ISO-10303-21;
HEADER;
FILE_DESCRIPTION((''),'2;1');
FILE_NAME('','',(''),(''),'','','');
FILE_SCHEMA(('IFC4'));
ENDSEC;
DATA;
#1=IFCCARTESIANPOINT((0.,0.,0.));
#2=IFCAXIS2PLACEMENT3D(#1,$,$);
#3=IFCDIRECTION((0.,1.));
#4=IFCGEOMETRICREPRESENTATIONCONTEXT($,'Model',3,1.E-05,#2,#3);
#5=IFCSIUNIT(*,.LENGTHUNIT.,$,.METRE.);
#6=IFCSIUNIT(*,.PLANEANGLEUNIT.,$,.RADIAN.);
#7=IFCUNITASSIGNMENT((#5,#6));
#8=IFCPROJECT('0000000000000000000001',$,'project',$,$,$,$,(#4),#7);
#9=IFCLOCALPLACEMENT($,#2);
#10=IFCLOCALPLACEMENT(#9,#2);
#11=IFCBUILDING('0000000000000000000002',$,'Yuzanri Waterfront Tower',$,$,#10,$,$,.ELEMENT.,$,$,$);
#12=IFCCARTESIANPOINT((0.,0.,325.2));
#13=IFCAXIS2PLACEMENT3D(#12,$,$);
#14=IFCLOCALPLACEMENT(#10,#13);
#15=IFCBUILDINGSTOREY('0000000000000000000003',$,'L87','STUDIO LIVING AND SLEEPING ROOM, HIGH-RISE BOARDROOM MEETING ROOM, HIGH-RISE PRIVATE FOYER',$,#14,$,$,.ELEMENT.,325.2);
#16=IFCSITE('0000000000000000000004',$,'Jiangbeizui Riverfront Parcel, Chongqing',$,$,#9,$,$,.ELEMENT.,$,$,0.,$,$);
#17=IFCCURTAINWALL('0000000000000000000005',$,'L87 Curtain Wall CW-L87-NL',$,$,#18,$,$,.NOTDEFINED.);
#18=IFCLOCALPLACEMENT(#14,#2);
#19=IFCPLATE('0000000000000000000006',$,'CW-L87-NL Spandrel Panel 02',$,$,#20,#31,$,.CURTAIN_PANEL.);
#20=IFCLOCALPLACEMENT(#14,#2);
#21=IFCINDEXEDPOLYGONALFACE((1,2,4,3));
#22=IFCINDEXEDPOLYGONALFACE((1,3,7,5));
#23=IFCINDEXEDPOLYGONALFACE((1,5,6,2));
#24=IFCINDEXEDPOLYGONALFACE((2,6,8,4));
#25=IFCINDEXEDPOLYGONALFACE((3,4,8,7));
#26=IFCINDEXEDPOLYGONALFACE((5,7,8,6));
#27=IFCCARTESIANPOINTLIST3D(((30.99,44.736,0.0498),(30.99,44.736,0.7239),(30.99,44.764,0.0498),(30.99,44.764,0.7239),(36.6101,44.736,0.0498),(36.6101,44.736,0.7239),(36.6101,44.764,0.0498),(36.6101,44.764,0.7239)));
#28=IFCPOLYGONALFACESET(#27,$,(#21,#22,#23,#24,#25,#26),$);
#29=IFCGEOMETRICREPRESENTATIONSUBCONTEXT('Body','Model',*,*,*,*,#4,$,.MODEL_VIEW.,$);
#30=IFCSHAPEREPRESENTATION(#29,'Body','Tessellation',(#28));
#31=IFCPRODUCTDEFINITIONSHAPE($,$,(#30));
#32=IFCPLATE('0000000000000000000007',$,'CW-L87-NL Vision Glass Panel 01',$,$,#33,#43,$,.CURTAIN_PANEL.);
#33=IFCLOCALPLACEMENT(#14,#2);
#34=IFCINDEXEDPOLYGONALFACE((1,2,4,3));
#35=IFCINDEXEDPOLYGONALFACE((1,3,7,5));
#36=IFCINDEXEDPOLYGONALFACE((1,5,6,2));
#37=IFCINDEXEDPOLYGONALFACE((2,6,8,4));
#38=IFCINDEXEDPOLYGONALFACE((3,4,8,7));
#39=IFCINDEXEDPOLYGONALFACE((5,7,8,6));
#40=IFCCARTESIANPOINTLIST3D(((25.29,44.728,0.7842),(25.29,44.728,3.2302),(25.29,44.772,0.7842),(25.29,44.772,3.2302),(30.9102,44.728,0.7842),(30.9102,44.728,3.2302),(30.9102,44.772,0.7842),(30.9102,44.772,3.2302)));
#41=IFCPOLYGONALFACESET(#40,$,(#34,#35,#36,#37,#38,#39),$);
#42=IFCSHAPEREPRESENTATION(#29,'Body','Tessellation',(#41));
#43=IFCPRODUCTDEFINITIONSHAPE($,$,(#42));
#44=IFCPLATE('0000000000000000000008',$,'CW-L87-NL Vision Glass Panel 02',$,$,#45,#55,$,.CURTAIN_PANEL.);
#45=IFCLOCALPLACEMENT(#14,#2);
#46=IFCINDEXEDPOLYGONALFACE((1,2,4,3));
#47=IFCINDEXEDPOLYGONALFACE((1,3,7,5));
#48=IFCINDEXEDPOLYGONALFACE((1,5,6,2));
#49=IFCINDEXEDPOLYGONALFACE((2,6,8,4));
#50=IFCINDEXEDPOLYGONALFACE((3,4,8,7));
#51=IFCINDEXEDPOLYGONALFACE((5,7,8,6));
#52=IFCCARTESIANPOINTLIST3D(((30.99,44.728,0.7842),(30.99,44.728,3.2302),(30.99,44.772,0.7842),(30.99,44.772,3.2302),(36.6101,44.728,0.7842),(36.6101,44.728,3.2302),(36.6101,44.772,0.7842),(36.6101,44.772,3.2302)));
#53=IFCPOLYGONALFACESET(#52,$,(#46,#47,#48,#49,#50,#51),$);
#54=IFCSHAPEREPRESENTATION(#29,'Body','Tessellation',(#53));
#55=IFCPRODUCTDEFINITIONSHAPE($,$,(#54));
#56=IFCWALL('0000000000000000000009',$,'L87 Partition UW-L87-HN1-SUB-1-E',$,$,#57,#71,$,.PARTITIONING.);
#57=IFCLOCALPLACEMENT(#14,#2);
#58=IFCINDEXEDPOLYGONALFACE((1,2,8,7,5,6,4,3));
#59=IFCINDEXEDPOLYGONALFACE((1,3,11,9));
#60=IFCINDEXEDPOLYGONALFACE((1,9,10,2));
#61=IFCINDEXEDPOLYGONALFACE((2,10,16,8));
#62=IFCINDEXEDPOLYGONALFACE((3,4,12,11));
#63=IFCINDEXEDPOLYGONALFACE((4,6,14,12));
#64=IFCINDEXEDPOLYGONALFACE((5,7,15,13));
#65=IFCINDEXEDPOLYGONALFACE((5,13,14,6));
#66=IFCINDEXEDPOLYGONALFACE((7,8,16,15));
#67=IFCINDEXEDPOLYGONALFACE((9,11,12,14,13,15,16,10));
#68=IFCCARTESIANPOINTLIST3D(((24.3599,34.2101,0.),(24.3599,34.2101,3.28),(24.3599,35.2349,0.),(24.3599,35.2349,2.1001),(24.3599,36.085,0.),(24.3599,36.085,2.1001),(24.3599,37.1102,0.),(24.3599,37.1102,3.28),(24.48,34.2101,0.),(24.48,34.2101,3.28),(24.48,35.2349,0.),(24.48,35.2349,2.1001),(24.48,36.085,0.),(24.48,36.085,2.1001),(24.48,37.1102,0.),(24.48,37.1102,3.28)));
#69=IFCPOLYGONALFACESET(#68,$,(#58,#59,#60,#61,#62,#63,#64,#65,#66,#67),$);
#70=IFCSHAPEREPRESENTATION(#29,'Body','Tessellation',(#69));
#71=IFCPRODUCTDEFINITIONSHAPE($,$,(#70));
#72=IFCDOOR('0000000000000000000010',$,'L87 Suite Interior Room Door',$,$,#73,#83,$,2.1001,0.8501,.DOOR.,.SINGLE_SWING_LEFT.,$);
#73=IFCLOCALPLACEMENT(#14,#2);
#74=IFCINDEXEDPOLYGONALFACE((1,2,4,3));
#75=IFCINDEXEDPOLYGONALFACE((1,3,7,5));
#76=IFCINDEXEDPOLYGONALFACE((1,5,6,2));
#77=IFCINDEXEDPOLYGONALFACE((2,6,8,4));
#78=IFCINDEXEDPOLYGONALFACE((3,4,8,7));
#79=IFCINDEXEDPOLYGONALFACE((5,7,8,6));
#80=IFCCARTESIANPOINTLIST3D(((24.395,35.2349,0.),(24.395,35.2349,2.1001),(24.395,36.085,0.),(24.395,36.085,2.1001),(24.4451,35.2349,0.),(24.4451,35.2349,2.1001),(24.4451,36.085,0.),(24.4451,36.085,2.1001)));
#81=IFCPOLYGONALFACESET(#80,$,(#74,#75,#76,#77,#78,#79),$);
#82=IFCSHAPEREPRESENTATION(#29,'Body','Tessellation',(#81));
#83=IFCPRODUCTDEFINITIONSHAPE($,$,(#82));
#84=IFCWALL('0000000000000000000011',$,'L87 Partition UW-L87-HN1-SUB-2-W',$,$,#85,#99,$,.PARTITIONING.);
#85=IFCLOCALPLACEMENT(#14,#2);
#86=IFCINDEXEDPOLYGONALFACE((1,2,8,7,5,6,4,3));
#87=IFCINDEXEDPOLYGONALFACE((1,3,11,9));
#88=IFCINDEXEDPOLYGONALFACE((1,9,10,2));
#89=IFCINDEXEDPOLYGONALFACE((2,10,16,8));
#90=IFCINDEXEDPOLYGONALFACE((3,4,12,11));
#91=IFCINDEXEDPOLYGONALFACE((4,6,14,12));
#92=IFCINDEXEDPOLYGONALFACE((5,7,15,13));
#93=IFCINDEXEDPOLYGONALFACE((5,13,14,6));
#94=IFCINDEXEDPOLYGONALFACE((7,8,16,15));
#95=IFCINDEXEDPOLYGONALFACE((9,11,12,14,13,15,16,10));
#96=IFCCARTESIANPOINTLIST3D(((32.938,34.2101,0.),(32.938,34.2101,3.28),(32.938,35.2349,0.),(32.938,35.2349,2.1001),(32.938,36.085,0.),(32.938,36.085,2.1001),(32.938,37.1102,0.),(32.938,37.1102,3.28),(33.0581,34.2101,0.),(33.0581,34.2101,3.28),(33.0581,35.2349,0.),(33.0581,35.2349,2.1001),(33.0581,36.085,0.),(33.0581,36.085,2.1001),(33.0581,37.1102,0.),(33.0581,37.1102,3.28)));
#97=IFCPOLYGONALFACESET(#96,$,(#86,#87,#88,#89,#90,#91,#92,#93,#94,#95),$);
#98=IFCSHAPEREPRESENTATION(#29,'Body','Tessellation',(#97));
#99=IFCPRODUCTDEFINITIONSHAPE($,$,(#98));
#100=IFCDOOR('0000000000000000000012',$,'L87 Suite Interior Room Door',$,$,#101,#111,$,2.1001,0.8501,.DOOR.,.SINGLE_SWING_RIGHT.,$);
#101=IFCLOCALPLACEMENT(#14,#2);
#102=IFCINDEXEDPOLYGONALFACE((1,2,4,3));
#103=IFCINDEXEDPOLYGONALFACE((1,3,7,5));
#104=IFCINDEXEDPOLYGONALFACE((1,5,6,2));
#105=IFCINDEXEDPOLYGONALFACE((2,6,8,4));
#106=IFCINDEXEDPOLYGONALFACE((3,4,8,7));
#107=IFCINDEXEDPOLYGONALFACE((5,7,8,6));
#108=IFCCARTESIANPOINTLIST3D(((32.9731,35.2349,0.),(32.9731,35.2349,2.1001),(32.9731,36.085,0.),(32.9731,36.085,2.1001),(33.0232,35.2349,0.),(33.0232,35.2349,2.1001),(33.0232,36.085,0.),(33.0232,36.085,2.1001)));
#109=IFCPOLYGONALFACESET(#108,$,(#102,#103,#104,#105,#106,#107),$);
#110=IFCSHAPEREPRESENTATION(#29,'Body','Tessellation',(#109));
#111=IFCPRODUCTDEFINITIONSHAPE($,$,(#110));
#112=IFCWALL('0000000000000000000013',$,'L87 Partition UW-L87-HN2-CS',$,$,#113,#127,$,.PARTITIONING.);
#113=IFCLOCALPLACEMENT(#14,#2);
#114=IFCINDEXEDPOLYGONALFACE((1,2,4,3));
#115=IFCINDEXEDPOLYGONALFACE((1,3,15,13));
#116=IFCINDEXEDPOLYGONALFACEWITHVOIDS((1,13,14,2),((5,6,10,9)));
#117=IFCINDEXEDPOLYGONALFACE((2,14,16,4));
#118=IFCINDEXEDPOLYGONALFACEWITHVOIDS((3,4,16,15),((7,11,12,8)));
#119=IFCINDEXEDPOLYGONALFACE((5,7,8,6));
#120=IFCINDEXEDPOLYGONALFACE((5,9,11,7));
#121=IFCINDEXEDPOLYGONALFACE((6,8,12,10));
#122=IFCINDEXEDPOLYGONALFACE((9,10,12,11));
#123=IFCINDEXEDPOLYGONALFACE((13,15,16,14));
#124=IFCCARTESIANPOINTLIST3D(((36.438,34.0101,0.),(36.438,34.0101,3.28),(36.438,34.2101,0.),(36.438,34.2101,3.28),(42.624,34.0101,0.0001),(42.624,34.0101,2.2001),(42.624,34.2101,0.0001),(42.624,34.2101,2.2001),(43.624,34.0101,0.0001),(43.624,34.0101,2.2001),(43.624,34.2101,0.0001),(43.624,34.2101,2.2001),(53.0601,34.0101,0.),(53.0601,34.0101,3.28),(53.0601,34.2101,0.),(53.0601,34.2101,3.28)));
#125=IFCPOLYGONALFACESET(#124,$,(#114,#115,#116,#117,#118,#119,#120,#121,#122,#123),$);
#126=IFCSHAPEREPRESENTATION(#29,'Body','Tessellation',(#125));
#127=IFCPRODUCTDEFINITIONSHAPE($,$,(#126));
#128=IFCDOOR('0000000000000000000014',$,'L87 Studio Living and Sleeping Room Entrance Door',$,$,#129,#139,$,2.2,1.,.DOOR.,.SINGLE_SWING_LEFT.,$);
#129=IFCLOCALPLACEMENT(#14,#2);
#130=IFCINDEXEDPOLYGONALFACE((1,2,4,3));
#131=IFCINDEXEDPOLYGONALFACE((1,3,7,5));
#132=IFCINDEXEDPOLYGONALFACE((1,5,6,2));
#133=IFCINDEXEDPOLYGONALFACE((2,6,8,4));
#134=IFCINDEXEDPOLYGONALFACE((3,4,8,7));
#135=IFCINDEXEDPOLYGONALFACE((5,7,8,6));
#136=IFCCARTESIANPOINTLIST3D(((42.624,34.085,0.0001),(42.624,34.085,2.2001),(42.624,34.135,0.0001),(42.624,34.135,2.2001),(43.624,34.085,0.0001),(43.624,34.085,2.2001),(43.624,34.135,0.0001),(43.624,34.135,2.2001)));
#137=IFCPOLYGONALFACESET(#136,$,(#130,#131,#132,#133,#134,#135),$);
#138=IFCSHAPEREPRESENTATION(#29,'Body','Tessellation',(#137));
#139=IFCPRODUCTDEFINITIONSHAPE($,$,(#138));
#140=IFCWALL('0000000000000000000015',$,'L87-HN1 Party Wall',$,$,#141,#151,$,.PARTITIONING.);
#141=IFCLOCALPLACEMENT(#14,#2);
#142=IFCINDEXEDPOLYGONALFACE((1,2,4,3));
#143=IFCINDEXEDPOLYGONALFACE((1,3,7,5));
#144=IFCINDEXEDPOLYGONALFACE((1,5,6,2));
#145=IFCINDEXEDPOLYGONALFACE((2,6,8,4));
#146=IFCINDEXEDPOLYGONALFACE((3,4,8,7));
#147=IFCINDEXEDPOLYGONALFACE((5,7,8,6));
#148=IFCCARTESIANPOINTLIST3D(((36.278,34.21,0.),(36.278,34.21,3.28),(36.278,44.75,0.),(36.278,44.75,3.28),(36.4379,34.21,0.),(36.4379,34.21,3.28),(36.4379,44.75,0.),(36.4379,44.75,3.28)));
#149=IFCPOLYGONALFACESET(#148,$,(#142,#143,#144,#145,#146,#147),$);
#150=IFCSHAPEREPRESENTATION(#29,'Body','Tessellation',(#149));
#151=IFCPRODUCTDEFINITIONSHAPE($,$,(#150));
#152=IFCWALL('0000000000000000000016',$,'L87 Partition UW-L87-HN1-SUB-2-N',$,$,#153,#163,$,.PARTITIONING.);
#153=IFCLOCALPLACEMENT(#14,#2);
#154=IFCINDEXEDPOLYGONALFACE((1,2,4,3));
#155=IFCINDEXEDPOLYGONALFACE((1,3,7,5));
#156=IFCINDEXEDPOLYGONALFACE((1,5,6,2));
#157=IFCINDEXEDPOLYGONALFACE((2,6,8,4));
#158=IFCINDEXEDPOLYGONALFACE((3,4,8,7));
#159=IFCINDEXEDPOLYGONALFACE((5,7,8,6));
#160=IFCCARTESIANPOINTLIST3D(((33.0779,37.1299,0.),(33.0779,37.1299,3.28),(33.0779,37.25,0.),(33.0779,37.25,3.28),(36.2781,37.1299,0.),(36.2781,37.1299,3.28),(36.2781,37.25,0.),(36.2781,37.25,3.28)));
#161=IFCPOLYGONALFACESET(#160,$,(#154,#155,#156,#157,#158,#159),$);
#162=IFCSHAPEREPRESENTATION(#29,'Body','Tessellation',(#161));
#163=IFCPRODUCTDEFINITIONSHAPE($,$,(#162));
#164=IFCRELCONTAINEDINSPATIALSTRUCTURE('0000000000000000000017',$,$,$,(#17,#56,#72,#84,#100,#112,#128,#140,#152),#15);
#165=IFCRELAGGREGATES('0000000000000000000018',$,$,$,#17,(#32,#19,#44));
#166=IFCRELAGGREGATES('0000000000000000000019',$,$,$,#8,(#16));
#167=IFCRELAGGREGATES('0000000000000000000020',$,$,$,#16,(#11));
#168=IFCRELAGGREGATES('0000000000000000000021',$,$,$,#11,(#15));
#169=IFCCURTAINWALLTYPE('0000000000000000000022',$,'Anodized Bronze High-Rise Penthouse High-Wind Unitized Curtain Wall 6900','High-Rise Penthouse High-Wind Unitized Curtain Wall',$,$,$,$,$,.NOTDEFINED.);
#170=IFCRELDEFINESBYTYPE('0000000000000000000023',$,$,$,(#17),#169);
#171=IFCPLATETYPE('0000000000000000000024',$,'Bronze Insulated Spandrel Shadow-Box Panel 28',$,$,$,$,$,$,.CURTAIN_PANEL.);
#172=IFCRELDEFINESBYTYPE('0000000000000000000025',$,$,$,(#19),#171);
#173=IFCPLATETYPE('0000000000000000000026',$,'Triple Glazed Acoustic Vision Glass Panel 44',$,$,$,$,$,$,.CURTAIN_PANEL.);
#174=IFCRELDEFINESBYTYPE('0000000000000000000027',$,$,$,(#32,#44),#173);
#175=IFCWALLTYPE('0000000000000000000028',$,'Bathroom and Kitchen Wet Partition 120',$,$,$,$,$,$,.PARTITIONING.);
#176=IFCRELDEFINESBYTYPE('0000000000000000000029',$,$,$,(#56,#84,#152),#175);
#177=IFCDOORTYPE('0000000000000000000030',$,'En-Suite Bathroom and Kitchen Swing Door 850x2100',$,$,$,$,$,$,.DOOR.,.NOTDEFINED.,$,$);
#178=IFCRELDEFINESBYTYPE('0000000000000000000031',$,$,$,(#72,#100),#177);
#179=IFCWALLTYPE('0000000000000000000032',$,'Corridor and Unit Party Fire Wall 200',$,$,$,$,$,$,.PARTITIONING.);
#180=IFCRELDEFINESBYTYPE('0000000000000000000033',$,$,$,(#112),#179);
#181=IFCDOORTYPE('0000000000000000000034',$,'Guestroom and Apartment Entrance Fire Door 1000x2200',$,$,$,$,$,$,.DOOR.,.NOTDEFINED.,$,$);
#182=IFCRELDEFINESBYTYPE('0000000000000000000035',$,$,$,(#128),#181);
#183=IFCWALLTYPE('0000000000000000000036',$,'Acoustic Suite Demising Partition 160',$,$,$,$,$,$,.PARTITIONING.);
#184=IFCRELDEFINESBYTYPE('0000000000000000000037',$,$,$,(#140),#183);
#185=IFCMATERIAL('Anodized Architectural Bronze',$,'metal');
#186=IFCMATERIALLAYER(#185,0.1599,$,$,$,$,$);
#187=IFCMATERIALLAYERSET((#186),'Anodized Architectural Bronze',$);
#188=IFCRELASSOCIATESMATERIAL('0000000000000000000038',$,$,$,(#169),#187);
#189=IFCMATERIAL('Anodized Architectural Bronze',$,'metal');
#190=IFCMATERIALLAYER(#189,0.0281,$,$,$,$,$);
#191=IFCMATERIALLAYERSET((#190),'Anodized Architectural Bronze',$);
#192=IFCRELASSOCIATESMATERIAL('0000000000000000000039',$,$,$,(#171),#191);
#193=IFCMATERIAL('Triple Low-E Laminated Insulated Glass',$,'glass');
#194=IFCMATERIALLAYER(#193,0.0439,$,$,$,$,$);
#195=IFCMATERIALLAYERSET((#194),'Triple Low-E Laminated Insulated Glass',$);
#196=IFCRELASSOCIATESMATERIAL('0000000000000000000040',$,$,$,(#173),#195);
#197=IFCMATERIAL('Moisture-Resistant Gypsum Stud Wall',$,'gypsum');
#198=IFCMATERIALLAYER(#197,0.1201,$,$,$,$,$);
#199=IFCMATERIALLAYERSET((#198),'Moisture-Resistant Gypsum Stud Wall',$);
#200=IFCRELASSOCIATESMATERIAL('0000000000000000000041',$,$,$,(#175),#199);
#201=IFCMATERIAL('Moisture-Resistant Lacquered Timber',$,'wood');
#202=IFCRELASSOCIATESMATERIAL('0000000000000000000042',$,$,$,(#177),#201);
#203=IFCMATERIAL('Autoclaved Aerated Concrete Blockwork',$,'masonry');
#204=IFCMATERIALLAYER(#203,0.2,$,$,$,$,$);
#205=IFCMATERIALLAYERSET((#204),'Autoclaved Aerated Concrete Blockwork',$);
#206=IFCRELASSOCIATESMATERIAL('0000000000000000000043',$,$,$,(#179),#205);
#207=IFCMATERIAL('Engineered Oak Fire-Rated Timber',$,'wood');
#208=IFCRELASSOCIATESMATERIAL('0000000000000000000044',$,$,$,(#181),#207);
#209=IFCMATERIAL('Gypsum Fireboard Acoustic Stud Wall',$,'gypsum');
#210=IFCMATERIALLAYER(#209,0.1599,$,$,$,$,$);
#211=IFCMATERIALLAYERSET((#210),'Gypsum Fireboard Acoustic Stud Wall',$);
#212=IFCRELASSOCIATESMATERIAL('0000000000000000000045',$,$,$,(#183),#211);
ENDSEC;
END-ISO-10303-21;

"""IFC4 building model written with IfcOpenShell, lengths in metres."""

from ifc_helpers import new_model, si_unit, direction, frame, frame_2d, origin, origin_2d, place, context, subcontext, project, spatial, rectangle, extrude, source, transform, mapped, material, layer, layer_set, type_object, element, fill, aggregate, save


model = new_model("IFC4")

# Units and contexts
model_context = context("Model", 3, precision=1e-05, world=origin(), true_north=direction((0.0, 1.0)))
body_context = subcontext(model_context, "Body", "Model", "MODEL_VIEW")
ifc_project = project(units=[si_unit("LENGTHUNIT", "METRE"), si_unit("PLANEANGLEUNIT", "RADIAN")], contexts=[model_context])

# Site, building, storey
site_placement = place(None, origin())
site = spatial("IfcSite", under=ifc_project, at=site_placement, Name="Jiangbeizui Riverfront Parcel, Chongqing", CompositionType="ELEMENT", RefElevation=0.0)
building_placement = place(site_placement, origin())
building = spatial("IfcBuilding", under=site, at=building_placement, Name="Yuzanri Waterfront Tower", CompositionType="ELEMENT")
storey_placement = place(building_placement, frame((0.0, 0.0, 325.2)))
storey = spatial("IfcBuildingStorey", under=building, at=storey_placement, Name="L87", Description="STUDIO LIVING AND SLEEPING ROOM, HIGH-RISE BOARDROOM MEETING ROOM, HIGH-RISE PRIVATE FOYER", CompositionType="ELEMENT", Elevation=325.2)

# Curtain wall
ifc_material_1 = material(Name="Anodized Architectural Bronze", Category="metal")
ifc_layer_1 = layer(ifc_material_1, 0.1599)
ifc_layer_set_1 = layer_set([ifc_layer_1], Name="Anodized Architectural Bronze")
curtain_wall_type = type_object("IfcCurtainWallType", Name="Anodized Bronze High-Rise Penthouse High-Wind Unitized Curtain Wall 6900", Description="High-Rise Penthouse High-Wind Unitized Curtain Wall", PredefinedType="NOTDEFINED", material=ifc_layer_set_1)
curtain_wall_placement = place(storey_placement, origin())
curtain_wall = element("IfcCurtainWall", 1, at=curtain_wall_placement, inside=storey, type_object=curtain_wall_type, Name="L87 Curtain Wall CW-L87-NL", PredefinedType="NOTDEFINED")

# Plates
ifc_material_2 = material(Name="Anodized Architectural Bronze", Category="metal")
ifc_layer_2 = layer(ifc_material_2, 0.0281)
ifc_layer_set_2 = layer_set([ifc_layer_2], Name="Anodized Architectural Bronze")
plate_type_1 = type_object("IfcPlateType", Name="Bronze Insulated Spandrel Shadow-Box Panel 28", PredefinedType="CURTAIN_PANEL", material=ifc_layer_set_2)
shared_shape_1 = source(origin(), body_context, "Body", "SweptSolid", [
    extrude(rectangle(XDim=5.6201, YDim=0.0281, at=origin_2d()), origin(), (0.0, 0.0, 1.0), 0.6741),
])
plate_1_placement = place(storey_placement, frame((33.8, 44.75, 0.0498), z_axis=(0.0, 0.0, 1.0), x_axis=(1.0, 0.0, 0.0)))
plate_1 = element("IfcPlate", 2, at=plate_1_placement, type_object=plate_type_1, Name="CW-L87-NL Spandrel Panel 02", PredefinedType="CURTAIN_PANEL", context=body_context, shape_type="MappedRepresentation", body=[
    mapped(shared_shape_1, transform((0.0, 0.0, 0.0), scale=1.0)),
])
ifc_material_3 = material(Name="Triple Low-E Laminated Insulated Glass", Category="glass")
ifc_layer_3 = layer(ifc_material_3, 0.0439)
ifc_layer_set_3 = layer_set([ifc_layer_3], Name="Triple Low-E Laminated Insulated Glass")
plate_type_2 = type_object("IfcPlateType", Name="Triple Glazed Acoustic Vision Glass Panel 44", PredefinedType="CURTAIN_PANEL", material=ifc_layer_set_3)
shared_shape_2 = source(origin(), body_context, "Body", "SweptSolid", [
    extrude(rectangle(XDim=5.6201, YDim=0.0439, at=origin_2d()), origin(), (0.0, 0.0, 1.0), 2.446),
])
plate_2_placement = place(storey_placement, frame((28.1001, 44.75, 0.7842), z_axis=(0.0, 0.0, 1.0), x_axis=(1.0, 0.0, 0.0)))
plate_2 = element("IfcPlate", 3, at=plate_2_placement, type_object=plate_type_2, Name="CW-L87-NL Vision Glass Panel 01", PredefinedType="CURTAIN_PANEL", context=body_context, shape_type="MappedRepresentation", body=[
    mapped(shared_shape_2, transform((0.0, 0.0, 0.0), scale=1.0)),
])
plate_3_placement = place(storey_placement, frame((33.8, 44.75, 0.7842), z_axis=(0.0, 0.0, 1.0), x_axis=(1.0, 0.0, 0.0)))
plate_3 = element("IfcPlate", 4, at=plate_3_placement, type_object=plate_type_2, Name="CW-L87-NL Vision Glass Panel 02", PredefinedType="CURTAIN_PANEL", context=body_context, shape_type="MappedRepresentation", body=[
    mapped(shared_shape_2, transform((0.0, 0.0, 0.0), scale=1.0)),
])
aggregate(curtain_wall, [plate_2, plate_1, plate_3])

# Walls, openings, doors
ifc_material_4 = material(Name="Moisture-Resistant Gypsum Stud Wall", Category="gypsum")
ifc_layer_4 = layer(ifc_material_4, 0.1201)
ifc_layer_set_4 = layer_set([ifc_layer_4], Name="Moisture-Resistant Gypsum Stud Wall")
wall_type_1 = type_object("IfcWallType", Name="Bathroom and Kitchen Wet Partition 120", PredefinedType="PARTITIONING", material=ifc_layer_set_4)
wall_1_placement = place(storey_placement, frame((24.4199, 34.21, 0.0), z_axis=(0.0, 0.0, 1.0), x_axis=(0.0, 1.0, 0.0)))
wall_1 = element("IfcWall", 5, at=wall_1_placement, inside=storey, type_object=wall_type_1, Name="L87 Partition UW-L87-HN1-SUB-1-E", PredefinedType="PARTITIONING", context=body_context, shape_type="SweptSolid", body=[
    extrude(rectangle(XDim=2.9001, YDim=0.1201, at=frame_2d((1.4502, 0.0))), origin(), (0.0, 0.0, 1.0), 3.28),
])
opening_1_placement = place(wall_1_placement, frame((1.0249, 0.0, 0.0)))
opening_1 = element("IfcOpeningElement", 6, at=opening_1_placement, cuts=wall_1, PredefinedType="OPENING", context=body_context, shape_type="SweptSolid", body=[
    extrude(rectangle(XDim=0.8501, YDim=2.1001, at=frame_2d((0.425, 1.05))), frame((0.0, 0.075, 0.0), z_axis=(0.0, -1.0, 0.0), x_axis=(1.0, 0.0, 0.0)), (0.0, 0.0, 1.0), 0.1499),
])
ifc_material_5 = material(Name="Moisture-Resistant Lacquered Timber", Category="wood")
door_type_1 = type_object("IfcDoorType", Name="En-Suite Bathroom and Kitchen Swing Door 850x2100", OperationType="NOTDEFINED", PredefinedType="DOOR", material=ifc_material_5)
shared_shape_3 = source(origin(), body_context, "Body", "SweptSolid", [
    extrude(rectangle(XDim=0.8501, YDim=2.1001, at=frame_2d((0.425, 1.05))), frame((0.0, 0.0249, 0.0), z_axis=(0.0, -1.0, 0.0), x_axis=(1.0, 0.0, 0.0)), (0.0, 0.0, 1.0), 0.05),
])
door_1_placement = place(opening_1_placement, origin())
door_1 = element("IfcDoor", 7, at=door_1_placement, inside=storey, type_object=door_type_1, Name="L87 Suite Interior Room Door", OperationType="SINGLE_SWING_LEFT", OverallHeight=2.1001, OverallWidth=0.8501, PredefinedType="DOOR", context=body_context, shape_type="MappedRepresentation", body=[
    mapped(shared_shape_3, transform((0.0, 0.0, 0.0), scale=1.0)),
])
fill(opening_1, door_1)
wall_2_placement = place(storey_placement, frame((32.998, 34.21, 0.0), z_axis=(0.0, 0.0, 1.0), x_axis=(0.0, 1.0, 0.0)))
wall_2 = element("IfcWall", 8, at=wall_2_placement, inside=storey, type_object=wall_type_1, Name="L87 Partition UW-L87-HN1-SUB-2-W", PredefinedType="PARTITIONING", context=body_context, shape_type="SweptSolid", body=[
    extrude(rectangle(XDim=2.9001, YDim=0.1201, at=frame_2d((1.4502, 0.0))), origin(), (0.0, 0.0, 1.0), 3.28),
])
opening_2_placement = place(wall_2_placement, frame((1.0249, 0.0, 0.0)))
opening_2 = element("IfcOpeningElement", 9, at=opening_2_placement, cuts=wall_2, PredefinedType="OPENING", context=body_context, shape_type="SweptSolid", body=[
    extrude(rectangle(XDim=0.8501, YDim=2.1001, at=frame_2d((0.425, 1.05))), frame((0.0, 0.075, 0.0), z_axis=(0.0, -1.0, 0.0), x_axis=(1.0, 0.0, 0.0)), (0.0, 0.0, 1.0), 0.1499),
])
door_2_placement = place(opening_2_placement, origin())
door_2 = element("IfcDoor", 10, at=door_2_placement, inside=storey, type_object=door_type_1, Name="L87 Suite Interior Room Door", OperationType="SINGLE_SWING_RIGHT", OverallHeight=2.1001, OverallWidth=0.8501, PredefinedType="DOOR", context=body_context, shape_type="MappedRepresentation", body=[
    mapped(shared_shape_3, transform((0.0, 0.0, 0.0), scale=1.0)),
])
fill(opening_2, door_2)
ifc_material_6 = material(Name="Autoclaved Aerated Concrete Blockwork", Category="masonry")
ifc_layer_5 = layer(ifc_material_6, 0.2)
ifc_layer_set_5 = layer_set([ifc_layer_5], Name="Autoclaved Aerated Concrete Blockwork")
wall_type_2 = type_object("IfcWallType", Name="Corridor and Unit Party Fire Wall 200", PredefinedType="PARTITIONING", material=ifc_layer_set_5)
wall_3_placement = place(storey_placement, frame((36.438, 34.1101, 0.0), z_axis=(0.0, 0.0, 1.0), x_axis=(1.0, 0.0, 0.0)))
wall_3 = element("IfcWall", 11, at=wall_3_placement, inside=storey, type_object=wall_type_2, Name="L87 Partition UW-L87-HN2-CS", PredefinedType="PARTITIONING", context=body_context, shape_type="SweptSolid", body=[
    extrude(rectangle(XDim=16.6221, YDim=0.2, at=frame_2d((8.311, 0.0))), origin(), (0.0, 0.0, 1.0), 3.28),
])
opening_3_placement = place(wall_3_placement, frame((6.186, 0.0, 0.0)))
opening_3 = element("IfcOpeningElement", 12, at=opening_3_placement, cuts=wall_3, PredefinedType="OPENING", context=body_context, shape_type="SweptSolid", body=[
    extrude(rectangle(XDim=1.0, YDim=2.2, at=frame_2d((0.5, 1.1001))), frame((0.0, 0.1147, 0.0), z_axis=(0.0, -1.0, 0.0), x_axis=(1.0, 0.0, 0.0)), (0.0, 0.0, 1.0), 0.2297),
])
ifc_material_7 = material(Name="Engineered Oak Fire-Rated Timber", Category="wood")
door_type_2 = type_object("IfcDoorType", Name="Guestroom and Apartment Entrance Fire Door 1000x2200", OperationType="NOTDEFINED", PredefinedType="DOOR", material=ifc_material_7)
shared_shape_4 = source(origin(), body_context, "Body", "SweptSolid", [
    extrude(rectangle(XDim=1.0, YDim=2.2, at=frame_2d((0.5, 1.1001))), frame((0.0, 0.0249, 0.0), z_axis=(0.0, -1.0, 0.0), x_axis=(1.0, 0.0, 0.0)), (0.0, 0.0, 1.0), 0.05),
])
door_3_placement = place(opening_3_placement, origin())
door_3 = element("IfcDoor", 13, at=door_3_placement, inside=storey, type_object=door_type_2, Name="L87 Studio Living and Sleeping Room Entrance Door", OperationType="SINGLE_SWING_LEFT", OverallHeight=2.2, OverallWidth=1.0, PredefinedType="DOOR", context=body_context, shape_type="MappedRepresentation", body=[
    mapped(shared_shape_4, transform((0.0, 0.0, 0.0), scale=1.0)),
])
fill(opening_3, door_3)

# Walls
ifc_material_8 = material(Name="Gypsum Fireboard Acoustic Stud Wall", Category="gypsum")
ifc_layer_6 = layer(ifc_material_8, 0.1599)
ifc_layer_set_6 = layer_set([ifc_layer_6], Name="Gypsum Fireboard Acoustic Stud Wall")
wall_type_3 = type_object("IfcWallType", Name="Acoustic Suite Demising Partition 160", PredefinedType="PARTITIONING", material=ifc_layer_set_6)
shared_shape_5 = source(origin(), body_context, "Body", "SweptSolid", [
    extrude(rectangle(XDim=10.54, YDim=0.1599, at=frame_2d((5.27, 0.0))), origin(), (0.0, 0.0, 1.0), 3.28),
])
wall_4_placement = place(storey_placement, frame((36.3579, 34.21, 0.0), z_axis=(0.0, 0.0, 1.0), x_axis=(0.0, 1.0, 0.0)))
element("IfcWall", 14, at=wall_4_placement, inside=storey, type_object=wall_type_3, Name="L87-HN1 Party Wall", PredefinedType="PARTITIONING", context=body_context, shape_type="MappedRepresentation", body=[
    mapped(shared_shape_5, transform((0.0, 0.0, 0.0), scale=1.0)),
])
shared_shape_6 = source(origin(), body_context, "Body", "SweptSolid", [
    extrude(rectangle(XDim=3.2002, YDim=0.1201, at=frame_2d((1.6001, 0.0))), origin(), (0.0, 0.0, 1.0), 3.28),
])
wall_5_placement = place(storey_placement, frame((33.0779, 37.1899, 0.0), z_axis=(0.0, 0.0, 1.0), x_axis=(1.0, 0.0, 0.0)))
element("IfcWall", 15, at=wall_5_placement, inside=storey, type_object=wall_type_1, Name="L87 Partition UW-L87-HN1-SUB-2-N", PredefinedType="PARTITIONING", context=body_context, shape_type="MappedRepresentation", body=[
    mapped(shared_shape_6, transform((0.0, 0.0, 0.0), scale=1.0)),
])

save(model, "model.ifc")
